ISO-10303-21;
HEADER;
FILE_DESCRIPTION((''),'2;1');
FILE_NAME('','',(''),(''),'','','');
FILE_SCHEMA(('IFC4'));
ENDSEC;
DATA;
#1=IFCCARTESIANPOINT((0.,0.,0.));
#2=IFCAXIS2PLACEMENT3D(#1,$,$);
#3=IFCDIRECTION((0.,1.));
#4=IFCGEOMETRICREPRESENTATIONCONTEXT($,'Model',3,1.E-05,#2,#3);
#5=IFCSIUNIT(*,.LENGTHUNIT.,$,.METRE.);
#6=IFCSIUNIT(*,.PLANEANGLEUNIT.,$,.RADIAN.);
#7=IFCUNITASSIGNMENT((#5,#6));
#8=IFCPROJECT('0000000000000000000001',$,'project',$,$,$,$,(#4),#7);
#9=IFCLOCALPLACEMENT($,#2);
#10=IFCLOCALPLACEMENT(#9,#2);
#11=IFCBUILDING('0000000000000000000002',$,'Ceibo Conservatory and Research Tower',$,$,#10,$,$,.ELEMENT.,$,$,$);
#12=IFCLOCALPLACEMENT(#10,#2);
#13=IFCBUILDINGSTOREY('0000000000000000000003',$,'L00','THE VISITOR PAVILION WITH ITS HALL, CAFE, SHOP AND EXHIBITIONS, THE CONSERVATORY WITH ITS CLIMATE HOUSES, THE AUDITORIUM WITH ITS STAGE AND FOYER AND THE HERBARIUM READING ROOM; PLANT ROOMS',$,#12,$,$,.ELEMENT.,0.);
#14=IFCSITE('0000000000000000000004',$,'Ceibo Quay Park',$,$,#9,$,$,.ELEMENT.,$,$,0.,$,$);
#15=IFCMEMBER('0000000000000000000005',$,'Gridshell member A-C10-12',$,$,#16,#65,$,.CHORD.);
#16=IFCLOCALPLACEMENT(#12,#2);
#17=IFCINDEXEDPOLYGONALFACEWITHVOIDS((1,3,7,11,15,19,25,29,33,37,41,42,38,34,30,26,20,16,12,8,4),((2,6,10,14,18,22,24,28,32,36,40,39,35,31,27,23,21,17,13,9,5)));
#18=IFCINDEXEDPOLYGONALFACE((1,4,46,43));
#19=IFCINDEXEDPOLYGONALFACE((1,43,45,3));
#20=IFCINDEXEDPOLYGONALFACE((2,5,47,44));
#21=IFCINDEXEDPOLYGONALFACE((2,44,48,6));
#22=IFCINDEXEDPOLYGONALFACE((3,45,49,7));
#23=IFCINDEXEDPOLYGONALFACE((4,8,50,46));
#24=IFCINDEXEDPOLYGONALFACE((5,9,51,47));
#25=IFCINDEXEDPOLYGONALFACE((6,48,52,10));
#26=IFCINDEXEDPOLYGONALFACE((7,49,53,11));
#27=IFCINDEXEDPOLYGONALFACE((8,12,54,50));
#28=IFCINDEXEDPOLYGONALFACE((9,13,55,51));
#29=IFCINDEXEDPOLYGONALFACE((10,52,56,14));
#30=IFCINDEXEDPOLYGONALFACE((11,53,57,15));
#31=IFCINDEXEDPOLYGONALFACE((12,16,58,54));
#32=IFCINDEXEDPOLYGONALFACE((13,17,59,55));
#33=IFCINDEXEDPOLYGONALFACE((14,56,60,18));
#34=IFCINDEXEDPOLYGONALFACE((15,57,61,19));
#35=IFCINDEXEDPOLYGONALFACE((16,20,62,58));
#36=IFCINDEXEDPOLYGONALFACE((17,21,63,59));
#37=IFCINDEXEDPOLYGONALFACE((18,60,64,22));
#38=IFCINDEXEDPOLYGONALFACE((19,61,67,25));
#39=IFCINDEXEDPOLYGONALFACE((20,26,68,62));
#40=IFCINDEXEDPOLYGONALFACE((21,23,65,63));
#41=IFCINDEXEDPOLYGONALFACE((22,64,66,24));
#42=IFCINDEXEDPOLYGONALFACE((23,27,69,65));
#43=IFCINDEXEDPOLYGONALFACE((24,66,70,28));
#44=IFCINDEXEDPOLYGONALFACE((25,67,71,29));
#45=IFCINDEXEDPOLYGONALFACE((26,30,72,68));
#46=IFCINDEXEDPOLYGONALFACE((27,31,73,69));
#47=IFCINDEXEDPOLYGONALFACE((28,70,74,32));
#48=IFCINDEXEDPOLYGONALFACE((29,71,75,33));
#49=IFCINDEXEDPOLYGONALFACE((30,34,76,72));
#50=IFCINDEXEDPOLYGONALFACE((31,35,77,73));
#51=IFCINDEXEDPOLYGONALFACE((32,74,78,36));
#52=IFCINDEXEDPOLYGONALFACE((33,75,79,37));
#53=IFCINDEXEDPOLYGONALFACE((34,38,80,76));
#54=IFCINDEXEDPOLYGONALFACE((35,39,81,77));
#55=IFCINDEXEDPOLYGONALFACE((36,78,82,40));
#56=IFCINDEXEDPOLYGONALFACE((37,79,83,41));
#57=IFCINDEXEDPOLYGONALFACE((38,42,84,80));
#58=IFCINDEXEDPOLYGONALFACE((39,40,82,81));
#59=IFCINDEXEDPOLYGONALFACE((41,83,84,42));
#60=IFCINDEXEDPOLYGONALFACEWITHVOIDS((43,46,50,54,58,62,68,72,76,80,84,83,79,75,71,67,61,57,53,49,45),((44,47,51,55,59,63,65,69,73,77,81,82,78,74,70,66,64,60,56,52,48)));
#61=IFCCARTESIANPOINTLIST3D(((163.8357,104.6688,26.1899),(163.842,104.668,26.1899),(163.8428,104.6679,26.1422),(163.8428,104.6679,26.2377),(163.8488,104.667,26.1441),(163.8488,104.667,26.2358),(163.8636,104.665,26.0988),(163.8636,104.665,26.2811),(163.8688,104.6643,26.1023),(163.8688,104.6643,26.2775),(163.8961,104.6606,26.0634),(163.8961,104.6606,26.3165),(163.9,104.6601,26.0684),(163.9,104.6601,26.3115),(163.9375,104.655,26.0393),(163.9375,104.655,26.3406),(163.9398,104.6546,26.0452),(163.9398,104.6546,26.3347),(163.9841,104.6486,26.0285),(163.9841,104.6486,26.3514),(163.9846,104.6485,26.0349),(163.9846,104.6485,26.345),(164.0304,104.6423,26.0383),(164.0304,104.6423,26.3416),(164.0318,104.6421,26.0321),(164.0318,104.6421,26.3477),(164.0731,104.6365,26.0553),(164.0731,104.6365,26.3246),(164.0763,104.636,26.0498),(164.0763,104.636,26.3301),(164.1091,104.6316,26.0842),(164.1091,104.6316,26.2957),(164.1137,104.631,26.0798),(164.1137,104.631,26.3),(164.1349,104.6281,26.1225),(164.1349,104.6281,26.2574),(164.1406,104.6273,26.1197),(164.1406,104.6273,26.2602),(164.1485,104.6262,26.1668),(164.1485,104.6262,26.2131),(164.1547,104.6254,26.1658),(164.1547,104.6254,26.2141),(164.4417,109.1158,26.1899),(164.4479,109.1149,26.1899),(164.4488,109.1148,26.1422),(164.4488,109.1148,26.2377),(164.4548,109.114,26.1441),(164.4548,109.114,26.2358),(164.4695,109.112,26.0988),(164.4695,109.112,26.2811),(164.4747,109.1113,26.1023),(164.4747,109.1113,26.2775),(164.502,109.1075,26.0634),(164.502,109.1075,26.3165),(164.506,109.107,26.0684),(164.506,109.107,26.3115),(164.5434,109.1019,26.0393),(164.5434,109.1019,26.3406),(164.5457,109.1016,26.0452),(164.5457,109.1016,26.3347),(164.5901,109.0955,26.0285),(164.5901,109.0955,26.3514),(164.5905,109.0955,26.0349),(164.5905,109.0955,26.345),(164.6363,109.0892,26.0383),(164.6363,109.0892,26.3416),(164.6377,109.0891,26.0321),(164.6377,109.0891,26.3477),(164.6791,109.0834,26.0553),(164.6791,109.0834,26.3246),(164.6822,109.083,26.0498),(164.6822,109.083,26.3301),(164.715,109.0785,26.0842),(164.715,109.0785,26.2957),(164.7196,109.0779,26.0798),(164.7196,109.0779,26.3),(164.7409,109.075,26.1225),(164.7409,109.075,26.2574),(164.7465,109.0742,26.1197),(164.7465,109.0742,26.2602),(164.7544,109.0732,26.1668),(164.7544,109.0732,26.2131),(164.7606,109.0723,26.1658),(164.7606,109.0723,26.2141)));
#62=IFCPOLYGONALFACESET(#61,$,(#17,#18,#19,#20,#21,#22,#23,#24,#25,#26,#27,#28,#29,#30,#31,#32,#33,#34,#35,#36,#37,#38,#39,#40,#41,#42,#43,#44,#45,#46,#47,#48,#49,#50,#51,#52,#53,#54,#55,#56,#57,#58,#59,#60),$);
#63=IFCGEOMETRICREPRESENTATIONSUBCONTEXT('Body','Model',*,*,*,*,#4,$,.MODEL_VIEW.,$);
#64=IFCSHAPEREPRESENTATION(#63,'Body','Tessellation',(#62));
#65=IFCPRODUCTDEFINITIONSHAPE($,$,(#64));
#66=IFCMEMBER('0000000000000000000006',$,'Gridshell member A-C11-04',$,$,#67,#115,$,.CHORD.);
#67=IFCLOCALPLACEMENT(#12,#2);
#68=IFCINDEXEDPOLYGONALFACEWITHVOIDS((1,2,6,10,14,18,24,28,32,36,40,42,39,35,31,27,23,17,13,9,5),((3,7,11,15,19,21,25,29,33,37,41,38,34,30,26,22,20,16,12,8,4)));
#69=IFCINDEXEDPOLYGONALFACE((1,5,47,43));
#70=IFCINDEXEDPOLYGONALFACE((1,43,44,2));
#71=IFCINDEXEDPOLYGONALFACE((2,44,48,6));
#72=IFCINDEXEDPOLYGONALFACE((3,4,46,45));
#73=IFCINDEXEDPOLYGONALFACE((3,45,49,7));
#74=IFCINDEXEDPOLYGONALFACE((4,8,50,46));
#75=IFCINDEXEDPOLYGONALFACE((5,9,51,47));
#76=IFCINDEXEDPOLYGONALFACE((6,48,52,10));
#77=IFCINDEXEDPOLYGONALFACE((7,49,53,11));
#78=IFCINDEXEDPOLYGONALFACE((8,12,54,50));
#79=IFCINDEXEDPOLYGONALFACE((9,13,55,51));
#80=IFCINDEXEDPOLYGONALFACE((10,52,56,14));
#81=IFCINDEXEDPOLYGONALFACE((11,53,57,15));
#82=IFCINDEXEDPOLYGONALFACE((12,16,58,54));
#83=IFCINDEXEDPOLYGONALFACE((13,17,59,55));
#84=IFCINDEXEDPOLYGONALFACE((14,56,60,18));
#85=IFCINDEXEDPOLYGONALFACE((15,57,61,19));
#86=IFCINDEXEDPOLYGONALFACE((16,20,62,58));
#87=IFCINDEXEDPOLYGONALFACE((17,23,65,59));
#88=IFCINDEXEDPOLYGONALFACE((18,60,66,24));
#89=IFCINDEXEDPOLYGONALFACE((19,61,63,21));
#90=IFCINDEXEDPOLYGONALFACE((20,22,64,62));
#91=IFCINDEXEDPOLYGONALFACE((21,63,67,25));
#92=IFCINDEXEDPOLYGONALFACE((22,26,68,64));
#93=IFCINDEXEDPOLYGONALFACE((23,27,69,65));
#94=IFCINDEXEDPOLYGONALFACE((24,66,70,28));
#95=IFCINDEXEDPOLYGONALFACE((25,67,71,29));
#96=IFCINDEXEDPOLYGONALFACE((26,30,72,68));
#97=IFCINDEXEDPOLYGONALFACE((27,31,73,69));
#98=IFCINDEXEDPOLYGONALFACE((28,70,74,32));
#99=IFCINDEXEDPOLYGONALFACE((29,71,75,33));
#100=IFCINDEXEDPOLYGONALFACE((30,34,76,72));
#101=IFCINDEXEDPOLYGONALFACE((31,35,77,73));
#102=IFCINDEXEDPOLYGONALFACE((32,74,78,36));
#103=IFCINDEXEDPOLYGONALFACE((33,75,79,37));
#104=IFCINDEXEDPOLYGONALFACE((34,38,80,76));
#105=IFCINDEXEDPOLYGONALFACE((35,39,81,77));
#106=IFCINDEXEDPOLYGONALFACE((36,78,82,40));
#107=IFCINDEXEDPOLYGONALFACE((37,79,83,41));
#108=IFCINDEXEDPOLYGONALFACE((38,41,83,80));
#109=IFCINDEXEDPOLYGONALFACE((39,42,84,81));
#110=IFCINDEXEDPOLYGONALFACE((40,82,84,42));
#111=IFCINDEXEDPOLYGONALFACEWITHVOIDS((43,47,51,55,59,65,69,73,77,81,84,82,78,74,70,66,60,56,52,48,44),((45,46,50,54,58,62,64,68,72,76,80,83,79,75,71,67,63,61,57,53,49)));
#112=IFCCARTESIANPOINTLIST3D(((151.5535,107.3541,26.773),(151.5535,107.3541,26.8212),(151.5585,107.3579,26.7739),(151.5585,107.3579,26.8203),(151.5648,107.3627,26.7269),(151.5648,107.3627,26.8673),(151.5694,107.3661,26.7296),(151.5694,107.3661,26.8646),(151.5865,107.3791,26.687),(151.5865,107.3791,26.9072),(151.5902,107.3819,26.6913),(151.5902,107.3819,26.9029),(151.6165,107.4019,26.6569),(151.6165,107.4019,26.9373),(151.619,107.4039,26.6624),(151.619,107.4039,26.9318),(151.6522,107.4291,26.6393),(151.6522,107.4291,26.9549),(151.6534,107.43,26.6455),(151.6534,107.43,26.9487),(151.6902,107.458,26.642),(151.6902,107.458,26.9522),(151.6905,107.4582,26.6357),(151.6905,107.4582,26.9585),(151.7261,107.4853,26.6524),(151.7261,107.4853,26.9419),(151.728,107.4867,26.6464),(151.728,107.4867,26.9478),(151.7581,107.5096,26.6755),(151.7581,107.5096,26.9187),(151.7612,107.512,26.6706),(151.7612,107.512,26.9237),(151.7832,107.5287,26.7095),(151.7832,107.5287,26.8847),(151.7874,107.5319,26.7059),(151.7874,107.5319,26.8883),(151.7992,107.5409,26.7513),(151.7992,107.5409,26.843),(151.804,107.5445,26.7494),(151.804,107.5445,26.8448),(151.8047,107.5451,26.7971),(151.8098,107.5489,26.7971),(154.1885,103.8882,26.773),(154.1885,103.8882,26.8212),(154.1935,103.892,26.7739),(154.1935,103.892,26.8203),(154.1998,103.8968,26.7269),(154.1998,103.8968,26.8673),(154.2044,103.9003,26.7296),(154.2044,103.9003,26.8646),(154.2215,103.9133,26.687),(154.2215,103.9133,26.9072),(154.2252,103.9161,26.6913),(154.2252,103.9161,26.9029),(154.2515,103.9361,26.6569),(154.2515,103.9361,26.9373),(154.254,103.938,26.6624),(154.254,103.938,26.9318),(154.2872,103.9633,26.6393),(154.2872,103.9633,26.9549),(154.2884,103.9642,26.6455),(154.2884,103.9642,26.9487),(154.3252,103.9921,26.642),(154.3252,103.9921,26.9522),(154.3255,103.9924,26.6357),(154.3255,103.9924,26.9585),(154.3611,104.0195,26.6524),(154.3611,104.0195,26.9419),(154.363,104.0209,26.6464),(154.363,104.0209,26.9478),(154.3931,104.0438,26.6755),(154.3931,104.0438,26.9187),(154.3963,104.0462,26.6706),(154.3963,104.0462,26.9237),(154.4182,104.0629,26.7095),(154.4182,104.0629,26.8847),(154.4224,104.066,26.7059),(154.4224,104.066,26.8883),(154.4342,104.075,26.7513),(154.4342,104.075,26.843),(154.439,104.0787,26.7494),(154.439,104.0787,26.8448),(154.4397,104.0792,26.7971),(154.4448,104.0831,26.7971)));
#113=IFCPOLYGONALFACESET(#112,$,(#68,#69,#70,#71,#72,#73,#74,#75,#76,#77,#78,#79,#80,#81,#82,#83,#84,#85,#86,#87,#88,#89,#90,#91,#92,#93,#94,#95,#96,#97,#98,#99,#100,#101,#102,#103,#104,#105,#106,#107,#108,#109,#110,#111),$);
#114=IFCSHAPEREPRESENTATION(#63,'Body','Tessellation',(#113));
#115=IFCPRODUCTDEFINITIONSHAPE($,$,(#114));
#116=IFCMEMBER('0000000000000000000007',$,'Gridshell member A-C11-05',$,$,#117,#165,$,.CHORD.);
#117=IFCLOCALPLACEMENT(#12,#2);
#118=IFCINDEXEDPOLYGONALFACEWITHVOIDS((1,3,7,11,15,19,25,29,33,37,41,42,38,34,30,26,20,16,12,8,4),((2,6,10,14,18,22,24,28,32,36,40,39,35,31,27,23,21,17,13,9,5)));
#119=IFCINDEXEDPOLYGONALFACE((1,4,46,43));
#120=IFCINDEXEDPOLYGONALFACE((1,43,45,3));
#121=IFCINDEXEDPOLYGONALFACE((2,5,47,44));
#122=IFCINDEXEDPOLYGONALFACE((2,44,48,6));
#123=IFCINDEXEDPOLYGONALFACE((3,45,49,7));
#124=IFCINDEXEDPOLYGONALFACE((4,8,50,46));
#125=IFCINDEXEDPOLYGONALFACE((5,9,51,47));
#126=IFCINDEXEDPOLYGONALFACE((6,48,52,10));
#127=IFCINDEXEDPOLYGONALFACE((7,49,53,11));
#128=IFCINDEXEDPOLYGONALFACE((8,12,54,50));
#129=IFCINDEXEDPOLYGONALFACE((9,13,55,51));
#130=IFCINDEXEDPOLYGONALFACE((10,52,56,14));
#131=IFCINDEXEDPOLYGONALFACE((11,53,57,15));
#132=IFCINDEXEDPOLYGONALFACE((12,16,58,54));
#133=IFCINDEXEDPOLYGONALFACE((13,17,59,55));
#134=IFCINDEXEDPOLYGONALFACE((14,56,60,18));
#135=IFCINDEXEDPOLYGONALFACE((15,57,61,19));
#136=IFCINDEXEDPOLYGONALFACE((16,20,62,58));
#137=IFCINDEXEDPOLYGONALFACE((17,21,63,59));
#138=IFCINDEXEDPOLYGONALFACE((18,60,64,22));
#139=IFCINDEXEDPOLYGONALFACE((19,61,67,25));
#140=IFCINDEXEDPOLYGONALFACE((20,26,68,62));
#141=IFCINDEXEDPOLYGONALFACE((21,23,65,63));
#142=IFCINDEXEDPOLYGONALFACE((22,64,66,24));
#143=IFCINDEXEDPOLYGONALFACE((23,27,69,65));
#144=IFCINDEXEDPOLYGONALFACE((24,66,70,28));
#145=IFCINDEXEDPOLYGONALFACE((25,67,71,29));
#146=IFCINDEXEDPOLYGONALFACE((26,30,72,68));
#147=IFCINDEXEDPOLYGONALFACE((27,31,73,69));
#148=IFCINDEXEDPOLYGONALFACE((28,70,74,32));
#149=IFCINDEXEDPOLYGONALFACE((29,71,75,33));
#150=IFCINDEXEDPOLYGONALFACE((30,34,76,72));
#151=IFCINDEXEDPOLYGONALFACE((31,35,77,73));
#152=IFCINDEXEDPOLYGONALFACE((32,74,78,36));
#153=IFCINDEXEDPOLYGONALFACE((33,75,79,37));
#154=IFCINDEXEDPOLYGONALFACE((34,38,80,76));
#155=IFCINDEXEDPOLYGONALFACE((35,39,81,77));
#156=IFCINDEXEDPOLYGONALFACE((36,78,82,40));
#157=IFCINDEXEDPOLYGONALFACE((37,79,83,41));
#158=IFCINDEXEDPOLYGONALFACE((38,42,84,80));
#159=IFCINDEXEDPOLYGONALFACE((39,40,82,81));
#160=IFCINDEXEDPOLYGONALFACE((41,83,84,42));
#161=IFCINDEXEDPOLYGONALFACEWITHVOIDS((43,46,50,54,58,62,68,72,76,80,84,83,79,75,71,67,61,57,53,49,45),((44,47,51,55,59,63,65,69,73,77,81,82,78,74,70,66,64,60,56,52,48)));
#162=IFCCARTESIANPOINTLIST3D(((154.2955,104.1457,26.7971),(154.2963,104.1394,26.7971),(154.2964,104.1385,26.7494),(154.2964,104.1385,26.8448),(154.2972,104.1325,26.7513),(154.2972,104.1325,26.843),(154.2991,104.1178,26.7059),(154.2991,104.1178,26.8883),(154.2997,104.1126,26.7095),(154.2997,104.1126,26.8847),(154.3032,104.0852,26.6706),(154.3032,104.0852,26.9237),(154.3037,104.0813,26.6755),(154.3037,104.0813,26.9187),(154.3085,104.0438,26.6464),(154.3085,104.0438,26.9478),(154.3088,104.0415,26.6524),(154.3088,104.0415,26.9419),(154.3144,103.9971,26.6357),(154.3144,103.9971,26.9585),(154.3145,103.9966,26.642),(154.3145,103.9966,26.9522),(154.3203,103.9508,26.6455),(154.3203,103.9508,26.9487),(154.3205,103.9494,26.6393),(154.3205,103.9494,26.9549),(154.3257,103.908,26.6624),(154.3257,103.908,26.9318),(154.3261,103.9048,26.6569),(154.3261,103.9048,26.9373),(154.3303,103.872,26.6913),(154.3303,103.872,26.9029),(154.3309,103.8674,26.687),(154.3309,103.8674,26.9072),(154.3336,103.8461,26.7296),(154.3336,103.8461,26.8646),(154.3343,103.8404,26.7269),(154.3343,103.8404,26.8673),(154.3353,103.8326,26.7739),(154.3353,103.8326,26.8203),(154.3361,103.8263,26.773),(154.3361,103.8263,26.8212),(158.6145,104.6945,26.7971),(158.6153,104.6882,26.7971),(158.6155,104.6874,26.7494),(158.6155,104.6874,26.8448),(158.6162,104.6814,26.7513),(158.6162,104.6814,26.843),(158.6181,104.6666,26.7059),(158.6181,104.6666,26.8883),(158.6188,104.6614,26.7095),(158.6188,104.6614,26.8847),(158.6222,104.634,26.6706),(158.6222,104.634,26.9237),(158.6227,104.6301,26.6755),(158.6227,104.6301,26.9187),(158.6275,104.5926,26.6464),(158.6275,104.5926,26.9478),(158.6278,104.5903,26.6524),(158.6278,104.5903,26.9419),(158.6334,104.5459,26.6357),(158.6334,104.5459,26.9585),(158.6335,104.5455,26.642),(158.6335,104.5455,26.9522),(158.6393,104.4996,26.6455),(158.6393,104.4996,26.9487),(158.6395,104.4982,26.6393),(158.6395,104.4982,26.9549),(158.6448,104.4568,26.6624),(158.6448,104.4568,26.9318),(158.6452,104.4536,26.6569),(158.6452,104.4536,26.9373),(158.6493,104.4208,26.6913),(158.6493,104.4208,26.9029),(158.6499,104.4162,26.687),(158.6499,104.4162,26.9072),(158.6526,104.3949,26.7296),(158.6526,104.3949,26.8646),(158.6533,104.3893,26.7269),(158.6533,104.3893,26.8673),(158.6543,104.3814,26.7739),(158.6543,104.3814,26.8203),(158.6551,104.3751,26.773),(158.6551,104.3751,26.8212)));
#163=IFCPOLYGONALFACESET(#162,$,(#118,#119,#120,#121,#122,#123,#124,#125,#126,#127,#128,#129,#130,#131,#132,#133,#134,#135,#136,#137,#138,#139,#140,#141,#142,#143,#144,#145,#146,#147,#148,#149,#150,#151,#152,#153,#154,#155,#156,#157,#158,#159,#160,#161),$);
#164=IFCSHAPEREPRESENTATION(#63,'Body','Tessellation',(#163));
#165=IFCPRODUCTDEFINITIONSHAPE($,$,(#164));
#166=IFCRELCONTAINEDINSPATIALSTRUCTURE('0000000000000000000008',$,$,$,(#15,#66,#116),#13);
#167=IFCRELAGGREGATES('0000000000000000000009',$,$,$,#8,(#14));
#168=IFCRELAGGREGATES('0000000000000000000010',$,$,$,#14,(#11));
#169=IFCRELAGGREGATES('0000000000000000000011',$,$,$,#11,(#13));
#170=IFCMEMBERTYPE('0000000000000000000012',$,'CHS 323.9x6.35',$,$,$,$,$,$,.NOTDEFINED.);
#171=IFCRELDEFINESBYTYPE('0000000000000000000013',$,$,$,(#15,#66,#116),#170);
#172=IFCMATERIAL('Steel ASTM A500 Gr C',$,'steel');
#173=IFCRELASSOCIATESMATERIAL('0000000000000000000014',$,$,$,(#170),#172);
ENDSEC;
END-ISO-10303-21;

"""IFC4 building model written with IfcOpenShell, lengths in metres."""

from ifc_helpers import new_model, si_unit, direction, frame, origin, origin_2d, place, context, subcontext, project, spatial, hollow_circle, extrude, material, material_profile, profile_set, type_object, element, save


model = new_model("IFC4")

# Units and contexts
model_context = context("Model", 3, precision=1e-05, world=origin(), true_north=direction((0.0, 1.0)))
body_context = subcontext(model_context, "Body", "Model", "MODEL_VIEW")
ifc_project = project(units=[si_unit("LENGTHUNIT", "METRE"), si_unit("PLANEANGLEUNIT", "RADIAN")], contexts=[model_context])

# Site, building, storey
site_placement = place(None, origin())
site = spatial("IfcSite", under=ifc_project, at=site_placement, Name="Ceibo Quay Park", CompositionType="ELEMENT", RefElevation=0.0)
building_placement = place(site_placement, origin())
building = spatial("IfcBuilding", under=site, at=building_placement, Name="Ceibo Conservatory and Research Tower", CompositionType="ELEMENT")
storey_placement = place(building_placement, origin())
storey = spatial("IfcBuildingStorey", under=building, at=storey_placement, Name="L00", Description="THE VISITOR PAVILION WITH ITS HALL, CAFE, SHOP AND EXHIBITIONS, THE CONSERVATORY WITH ITS CLIMATE HOUSES, THE AUDITORIUM WITH ITS STAGE AND FOYER AND THE HERBARIUM READING ROOM; PLANT ROOMS", CompositionType="ELEMENT", Elevation=0.0)

# Members
ifc_material_1 = material(Name="Steel ASTM A500 Gr C", Category="steel")
ifc_material_profile_1 = material_profile(ifc_material_1, hollow_circle(Radius=0.1619, WallThickness=0.0063, at=origin_2d()), Name="CHS 323.9x6.35")
ifc_profile_set_1 = profile_set([ifc_material_profile_1], Name="Steel ASTM A500 Gr C")
member_type_1 = type_object("IfcMemberType", Name="CHS 323.9x6.35", PredefinedType="NOTDEFINED", material=ifc_profile_set_1)
member_1_placement = place(storey_placement, frame((163.9961, 104.647, 26.1899), z_axis=(0.135014, 0.990844, 0.0), x_axis=(-0.990844, 0.135014, 0.0)))
element("IfcMember", 1, at=member_1_placement, inside=storey, type_object=member_type_1, Name="Gridshell member A-C10-12", PredefinedType="CHORD", context=body_context, shape_type="SweptSolid", body=[
    extrude(hollow_circle(Radius=0.1619, WallThickness=0.0063, at=origin_2d()), origin(), (0.0, 0.0, 1.0), 4.488),
])
for number, where, z_axis, x_axis, name in (
    (2, (151.6809, 107.4509, 26.7971), (0.605227, -0.796053, 0.0), (0.796053, 0.605227, 0.0), "Gridshell member A-C11-04"),
    (3, (154.3159, 103.9851, 26.7971), (0.992023, 0.126057, 0.0), (-0.126057, 0.992023, 0.0), "Gridshell member A-C11-05"),
):
    element("IfcMember", number, at=place(storey_placement, frame(where, z_axis=z_axis, x_axis=x_axis)), inside=storey, type_object=member_type_1, Name=name, PredefinedType="CHORD", context=body_context, shape_type="SweptSolid", body=[
        extrude(hollow_circle(Radius=0.1619, WallThickness=0.0063, at=origin_2d()), origin(), (0.0, 0.0, 1.0), 4.3538),
    ])

save(model, "model.ifc")
